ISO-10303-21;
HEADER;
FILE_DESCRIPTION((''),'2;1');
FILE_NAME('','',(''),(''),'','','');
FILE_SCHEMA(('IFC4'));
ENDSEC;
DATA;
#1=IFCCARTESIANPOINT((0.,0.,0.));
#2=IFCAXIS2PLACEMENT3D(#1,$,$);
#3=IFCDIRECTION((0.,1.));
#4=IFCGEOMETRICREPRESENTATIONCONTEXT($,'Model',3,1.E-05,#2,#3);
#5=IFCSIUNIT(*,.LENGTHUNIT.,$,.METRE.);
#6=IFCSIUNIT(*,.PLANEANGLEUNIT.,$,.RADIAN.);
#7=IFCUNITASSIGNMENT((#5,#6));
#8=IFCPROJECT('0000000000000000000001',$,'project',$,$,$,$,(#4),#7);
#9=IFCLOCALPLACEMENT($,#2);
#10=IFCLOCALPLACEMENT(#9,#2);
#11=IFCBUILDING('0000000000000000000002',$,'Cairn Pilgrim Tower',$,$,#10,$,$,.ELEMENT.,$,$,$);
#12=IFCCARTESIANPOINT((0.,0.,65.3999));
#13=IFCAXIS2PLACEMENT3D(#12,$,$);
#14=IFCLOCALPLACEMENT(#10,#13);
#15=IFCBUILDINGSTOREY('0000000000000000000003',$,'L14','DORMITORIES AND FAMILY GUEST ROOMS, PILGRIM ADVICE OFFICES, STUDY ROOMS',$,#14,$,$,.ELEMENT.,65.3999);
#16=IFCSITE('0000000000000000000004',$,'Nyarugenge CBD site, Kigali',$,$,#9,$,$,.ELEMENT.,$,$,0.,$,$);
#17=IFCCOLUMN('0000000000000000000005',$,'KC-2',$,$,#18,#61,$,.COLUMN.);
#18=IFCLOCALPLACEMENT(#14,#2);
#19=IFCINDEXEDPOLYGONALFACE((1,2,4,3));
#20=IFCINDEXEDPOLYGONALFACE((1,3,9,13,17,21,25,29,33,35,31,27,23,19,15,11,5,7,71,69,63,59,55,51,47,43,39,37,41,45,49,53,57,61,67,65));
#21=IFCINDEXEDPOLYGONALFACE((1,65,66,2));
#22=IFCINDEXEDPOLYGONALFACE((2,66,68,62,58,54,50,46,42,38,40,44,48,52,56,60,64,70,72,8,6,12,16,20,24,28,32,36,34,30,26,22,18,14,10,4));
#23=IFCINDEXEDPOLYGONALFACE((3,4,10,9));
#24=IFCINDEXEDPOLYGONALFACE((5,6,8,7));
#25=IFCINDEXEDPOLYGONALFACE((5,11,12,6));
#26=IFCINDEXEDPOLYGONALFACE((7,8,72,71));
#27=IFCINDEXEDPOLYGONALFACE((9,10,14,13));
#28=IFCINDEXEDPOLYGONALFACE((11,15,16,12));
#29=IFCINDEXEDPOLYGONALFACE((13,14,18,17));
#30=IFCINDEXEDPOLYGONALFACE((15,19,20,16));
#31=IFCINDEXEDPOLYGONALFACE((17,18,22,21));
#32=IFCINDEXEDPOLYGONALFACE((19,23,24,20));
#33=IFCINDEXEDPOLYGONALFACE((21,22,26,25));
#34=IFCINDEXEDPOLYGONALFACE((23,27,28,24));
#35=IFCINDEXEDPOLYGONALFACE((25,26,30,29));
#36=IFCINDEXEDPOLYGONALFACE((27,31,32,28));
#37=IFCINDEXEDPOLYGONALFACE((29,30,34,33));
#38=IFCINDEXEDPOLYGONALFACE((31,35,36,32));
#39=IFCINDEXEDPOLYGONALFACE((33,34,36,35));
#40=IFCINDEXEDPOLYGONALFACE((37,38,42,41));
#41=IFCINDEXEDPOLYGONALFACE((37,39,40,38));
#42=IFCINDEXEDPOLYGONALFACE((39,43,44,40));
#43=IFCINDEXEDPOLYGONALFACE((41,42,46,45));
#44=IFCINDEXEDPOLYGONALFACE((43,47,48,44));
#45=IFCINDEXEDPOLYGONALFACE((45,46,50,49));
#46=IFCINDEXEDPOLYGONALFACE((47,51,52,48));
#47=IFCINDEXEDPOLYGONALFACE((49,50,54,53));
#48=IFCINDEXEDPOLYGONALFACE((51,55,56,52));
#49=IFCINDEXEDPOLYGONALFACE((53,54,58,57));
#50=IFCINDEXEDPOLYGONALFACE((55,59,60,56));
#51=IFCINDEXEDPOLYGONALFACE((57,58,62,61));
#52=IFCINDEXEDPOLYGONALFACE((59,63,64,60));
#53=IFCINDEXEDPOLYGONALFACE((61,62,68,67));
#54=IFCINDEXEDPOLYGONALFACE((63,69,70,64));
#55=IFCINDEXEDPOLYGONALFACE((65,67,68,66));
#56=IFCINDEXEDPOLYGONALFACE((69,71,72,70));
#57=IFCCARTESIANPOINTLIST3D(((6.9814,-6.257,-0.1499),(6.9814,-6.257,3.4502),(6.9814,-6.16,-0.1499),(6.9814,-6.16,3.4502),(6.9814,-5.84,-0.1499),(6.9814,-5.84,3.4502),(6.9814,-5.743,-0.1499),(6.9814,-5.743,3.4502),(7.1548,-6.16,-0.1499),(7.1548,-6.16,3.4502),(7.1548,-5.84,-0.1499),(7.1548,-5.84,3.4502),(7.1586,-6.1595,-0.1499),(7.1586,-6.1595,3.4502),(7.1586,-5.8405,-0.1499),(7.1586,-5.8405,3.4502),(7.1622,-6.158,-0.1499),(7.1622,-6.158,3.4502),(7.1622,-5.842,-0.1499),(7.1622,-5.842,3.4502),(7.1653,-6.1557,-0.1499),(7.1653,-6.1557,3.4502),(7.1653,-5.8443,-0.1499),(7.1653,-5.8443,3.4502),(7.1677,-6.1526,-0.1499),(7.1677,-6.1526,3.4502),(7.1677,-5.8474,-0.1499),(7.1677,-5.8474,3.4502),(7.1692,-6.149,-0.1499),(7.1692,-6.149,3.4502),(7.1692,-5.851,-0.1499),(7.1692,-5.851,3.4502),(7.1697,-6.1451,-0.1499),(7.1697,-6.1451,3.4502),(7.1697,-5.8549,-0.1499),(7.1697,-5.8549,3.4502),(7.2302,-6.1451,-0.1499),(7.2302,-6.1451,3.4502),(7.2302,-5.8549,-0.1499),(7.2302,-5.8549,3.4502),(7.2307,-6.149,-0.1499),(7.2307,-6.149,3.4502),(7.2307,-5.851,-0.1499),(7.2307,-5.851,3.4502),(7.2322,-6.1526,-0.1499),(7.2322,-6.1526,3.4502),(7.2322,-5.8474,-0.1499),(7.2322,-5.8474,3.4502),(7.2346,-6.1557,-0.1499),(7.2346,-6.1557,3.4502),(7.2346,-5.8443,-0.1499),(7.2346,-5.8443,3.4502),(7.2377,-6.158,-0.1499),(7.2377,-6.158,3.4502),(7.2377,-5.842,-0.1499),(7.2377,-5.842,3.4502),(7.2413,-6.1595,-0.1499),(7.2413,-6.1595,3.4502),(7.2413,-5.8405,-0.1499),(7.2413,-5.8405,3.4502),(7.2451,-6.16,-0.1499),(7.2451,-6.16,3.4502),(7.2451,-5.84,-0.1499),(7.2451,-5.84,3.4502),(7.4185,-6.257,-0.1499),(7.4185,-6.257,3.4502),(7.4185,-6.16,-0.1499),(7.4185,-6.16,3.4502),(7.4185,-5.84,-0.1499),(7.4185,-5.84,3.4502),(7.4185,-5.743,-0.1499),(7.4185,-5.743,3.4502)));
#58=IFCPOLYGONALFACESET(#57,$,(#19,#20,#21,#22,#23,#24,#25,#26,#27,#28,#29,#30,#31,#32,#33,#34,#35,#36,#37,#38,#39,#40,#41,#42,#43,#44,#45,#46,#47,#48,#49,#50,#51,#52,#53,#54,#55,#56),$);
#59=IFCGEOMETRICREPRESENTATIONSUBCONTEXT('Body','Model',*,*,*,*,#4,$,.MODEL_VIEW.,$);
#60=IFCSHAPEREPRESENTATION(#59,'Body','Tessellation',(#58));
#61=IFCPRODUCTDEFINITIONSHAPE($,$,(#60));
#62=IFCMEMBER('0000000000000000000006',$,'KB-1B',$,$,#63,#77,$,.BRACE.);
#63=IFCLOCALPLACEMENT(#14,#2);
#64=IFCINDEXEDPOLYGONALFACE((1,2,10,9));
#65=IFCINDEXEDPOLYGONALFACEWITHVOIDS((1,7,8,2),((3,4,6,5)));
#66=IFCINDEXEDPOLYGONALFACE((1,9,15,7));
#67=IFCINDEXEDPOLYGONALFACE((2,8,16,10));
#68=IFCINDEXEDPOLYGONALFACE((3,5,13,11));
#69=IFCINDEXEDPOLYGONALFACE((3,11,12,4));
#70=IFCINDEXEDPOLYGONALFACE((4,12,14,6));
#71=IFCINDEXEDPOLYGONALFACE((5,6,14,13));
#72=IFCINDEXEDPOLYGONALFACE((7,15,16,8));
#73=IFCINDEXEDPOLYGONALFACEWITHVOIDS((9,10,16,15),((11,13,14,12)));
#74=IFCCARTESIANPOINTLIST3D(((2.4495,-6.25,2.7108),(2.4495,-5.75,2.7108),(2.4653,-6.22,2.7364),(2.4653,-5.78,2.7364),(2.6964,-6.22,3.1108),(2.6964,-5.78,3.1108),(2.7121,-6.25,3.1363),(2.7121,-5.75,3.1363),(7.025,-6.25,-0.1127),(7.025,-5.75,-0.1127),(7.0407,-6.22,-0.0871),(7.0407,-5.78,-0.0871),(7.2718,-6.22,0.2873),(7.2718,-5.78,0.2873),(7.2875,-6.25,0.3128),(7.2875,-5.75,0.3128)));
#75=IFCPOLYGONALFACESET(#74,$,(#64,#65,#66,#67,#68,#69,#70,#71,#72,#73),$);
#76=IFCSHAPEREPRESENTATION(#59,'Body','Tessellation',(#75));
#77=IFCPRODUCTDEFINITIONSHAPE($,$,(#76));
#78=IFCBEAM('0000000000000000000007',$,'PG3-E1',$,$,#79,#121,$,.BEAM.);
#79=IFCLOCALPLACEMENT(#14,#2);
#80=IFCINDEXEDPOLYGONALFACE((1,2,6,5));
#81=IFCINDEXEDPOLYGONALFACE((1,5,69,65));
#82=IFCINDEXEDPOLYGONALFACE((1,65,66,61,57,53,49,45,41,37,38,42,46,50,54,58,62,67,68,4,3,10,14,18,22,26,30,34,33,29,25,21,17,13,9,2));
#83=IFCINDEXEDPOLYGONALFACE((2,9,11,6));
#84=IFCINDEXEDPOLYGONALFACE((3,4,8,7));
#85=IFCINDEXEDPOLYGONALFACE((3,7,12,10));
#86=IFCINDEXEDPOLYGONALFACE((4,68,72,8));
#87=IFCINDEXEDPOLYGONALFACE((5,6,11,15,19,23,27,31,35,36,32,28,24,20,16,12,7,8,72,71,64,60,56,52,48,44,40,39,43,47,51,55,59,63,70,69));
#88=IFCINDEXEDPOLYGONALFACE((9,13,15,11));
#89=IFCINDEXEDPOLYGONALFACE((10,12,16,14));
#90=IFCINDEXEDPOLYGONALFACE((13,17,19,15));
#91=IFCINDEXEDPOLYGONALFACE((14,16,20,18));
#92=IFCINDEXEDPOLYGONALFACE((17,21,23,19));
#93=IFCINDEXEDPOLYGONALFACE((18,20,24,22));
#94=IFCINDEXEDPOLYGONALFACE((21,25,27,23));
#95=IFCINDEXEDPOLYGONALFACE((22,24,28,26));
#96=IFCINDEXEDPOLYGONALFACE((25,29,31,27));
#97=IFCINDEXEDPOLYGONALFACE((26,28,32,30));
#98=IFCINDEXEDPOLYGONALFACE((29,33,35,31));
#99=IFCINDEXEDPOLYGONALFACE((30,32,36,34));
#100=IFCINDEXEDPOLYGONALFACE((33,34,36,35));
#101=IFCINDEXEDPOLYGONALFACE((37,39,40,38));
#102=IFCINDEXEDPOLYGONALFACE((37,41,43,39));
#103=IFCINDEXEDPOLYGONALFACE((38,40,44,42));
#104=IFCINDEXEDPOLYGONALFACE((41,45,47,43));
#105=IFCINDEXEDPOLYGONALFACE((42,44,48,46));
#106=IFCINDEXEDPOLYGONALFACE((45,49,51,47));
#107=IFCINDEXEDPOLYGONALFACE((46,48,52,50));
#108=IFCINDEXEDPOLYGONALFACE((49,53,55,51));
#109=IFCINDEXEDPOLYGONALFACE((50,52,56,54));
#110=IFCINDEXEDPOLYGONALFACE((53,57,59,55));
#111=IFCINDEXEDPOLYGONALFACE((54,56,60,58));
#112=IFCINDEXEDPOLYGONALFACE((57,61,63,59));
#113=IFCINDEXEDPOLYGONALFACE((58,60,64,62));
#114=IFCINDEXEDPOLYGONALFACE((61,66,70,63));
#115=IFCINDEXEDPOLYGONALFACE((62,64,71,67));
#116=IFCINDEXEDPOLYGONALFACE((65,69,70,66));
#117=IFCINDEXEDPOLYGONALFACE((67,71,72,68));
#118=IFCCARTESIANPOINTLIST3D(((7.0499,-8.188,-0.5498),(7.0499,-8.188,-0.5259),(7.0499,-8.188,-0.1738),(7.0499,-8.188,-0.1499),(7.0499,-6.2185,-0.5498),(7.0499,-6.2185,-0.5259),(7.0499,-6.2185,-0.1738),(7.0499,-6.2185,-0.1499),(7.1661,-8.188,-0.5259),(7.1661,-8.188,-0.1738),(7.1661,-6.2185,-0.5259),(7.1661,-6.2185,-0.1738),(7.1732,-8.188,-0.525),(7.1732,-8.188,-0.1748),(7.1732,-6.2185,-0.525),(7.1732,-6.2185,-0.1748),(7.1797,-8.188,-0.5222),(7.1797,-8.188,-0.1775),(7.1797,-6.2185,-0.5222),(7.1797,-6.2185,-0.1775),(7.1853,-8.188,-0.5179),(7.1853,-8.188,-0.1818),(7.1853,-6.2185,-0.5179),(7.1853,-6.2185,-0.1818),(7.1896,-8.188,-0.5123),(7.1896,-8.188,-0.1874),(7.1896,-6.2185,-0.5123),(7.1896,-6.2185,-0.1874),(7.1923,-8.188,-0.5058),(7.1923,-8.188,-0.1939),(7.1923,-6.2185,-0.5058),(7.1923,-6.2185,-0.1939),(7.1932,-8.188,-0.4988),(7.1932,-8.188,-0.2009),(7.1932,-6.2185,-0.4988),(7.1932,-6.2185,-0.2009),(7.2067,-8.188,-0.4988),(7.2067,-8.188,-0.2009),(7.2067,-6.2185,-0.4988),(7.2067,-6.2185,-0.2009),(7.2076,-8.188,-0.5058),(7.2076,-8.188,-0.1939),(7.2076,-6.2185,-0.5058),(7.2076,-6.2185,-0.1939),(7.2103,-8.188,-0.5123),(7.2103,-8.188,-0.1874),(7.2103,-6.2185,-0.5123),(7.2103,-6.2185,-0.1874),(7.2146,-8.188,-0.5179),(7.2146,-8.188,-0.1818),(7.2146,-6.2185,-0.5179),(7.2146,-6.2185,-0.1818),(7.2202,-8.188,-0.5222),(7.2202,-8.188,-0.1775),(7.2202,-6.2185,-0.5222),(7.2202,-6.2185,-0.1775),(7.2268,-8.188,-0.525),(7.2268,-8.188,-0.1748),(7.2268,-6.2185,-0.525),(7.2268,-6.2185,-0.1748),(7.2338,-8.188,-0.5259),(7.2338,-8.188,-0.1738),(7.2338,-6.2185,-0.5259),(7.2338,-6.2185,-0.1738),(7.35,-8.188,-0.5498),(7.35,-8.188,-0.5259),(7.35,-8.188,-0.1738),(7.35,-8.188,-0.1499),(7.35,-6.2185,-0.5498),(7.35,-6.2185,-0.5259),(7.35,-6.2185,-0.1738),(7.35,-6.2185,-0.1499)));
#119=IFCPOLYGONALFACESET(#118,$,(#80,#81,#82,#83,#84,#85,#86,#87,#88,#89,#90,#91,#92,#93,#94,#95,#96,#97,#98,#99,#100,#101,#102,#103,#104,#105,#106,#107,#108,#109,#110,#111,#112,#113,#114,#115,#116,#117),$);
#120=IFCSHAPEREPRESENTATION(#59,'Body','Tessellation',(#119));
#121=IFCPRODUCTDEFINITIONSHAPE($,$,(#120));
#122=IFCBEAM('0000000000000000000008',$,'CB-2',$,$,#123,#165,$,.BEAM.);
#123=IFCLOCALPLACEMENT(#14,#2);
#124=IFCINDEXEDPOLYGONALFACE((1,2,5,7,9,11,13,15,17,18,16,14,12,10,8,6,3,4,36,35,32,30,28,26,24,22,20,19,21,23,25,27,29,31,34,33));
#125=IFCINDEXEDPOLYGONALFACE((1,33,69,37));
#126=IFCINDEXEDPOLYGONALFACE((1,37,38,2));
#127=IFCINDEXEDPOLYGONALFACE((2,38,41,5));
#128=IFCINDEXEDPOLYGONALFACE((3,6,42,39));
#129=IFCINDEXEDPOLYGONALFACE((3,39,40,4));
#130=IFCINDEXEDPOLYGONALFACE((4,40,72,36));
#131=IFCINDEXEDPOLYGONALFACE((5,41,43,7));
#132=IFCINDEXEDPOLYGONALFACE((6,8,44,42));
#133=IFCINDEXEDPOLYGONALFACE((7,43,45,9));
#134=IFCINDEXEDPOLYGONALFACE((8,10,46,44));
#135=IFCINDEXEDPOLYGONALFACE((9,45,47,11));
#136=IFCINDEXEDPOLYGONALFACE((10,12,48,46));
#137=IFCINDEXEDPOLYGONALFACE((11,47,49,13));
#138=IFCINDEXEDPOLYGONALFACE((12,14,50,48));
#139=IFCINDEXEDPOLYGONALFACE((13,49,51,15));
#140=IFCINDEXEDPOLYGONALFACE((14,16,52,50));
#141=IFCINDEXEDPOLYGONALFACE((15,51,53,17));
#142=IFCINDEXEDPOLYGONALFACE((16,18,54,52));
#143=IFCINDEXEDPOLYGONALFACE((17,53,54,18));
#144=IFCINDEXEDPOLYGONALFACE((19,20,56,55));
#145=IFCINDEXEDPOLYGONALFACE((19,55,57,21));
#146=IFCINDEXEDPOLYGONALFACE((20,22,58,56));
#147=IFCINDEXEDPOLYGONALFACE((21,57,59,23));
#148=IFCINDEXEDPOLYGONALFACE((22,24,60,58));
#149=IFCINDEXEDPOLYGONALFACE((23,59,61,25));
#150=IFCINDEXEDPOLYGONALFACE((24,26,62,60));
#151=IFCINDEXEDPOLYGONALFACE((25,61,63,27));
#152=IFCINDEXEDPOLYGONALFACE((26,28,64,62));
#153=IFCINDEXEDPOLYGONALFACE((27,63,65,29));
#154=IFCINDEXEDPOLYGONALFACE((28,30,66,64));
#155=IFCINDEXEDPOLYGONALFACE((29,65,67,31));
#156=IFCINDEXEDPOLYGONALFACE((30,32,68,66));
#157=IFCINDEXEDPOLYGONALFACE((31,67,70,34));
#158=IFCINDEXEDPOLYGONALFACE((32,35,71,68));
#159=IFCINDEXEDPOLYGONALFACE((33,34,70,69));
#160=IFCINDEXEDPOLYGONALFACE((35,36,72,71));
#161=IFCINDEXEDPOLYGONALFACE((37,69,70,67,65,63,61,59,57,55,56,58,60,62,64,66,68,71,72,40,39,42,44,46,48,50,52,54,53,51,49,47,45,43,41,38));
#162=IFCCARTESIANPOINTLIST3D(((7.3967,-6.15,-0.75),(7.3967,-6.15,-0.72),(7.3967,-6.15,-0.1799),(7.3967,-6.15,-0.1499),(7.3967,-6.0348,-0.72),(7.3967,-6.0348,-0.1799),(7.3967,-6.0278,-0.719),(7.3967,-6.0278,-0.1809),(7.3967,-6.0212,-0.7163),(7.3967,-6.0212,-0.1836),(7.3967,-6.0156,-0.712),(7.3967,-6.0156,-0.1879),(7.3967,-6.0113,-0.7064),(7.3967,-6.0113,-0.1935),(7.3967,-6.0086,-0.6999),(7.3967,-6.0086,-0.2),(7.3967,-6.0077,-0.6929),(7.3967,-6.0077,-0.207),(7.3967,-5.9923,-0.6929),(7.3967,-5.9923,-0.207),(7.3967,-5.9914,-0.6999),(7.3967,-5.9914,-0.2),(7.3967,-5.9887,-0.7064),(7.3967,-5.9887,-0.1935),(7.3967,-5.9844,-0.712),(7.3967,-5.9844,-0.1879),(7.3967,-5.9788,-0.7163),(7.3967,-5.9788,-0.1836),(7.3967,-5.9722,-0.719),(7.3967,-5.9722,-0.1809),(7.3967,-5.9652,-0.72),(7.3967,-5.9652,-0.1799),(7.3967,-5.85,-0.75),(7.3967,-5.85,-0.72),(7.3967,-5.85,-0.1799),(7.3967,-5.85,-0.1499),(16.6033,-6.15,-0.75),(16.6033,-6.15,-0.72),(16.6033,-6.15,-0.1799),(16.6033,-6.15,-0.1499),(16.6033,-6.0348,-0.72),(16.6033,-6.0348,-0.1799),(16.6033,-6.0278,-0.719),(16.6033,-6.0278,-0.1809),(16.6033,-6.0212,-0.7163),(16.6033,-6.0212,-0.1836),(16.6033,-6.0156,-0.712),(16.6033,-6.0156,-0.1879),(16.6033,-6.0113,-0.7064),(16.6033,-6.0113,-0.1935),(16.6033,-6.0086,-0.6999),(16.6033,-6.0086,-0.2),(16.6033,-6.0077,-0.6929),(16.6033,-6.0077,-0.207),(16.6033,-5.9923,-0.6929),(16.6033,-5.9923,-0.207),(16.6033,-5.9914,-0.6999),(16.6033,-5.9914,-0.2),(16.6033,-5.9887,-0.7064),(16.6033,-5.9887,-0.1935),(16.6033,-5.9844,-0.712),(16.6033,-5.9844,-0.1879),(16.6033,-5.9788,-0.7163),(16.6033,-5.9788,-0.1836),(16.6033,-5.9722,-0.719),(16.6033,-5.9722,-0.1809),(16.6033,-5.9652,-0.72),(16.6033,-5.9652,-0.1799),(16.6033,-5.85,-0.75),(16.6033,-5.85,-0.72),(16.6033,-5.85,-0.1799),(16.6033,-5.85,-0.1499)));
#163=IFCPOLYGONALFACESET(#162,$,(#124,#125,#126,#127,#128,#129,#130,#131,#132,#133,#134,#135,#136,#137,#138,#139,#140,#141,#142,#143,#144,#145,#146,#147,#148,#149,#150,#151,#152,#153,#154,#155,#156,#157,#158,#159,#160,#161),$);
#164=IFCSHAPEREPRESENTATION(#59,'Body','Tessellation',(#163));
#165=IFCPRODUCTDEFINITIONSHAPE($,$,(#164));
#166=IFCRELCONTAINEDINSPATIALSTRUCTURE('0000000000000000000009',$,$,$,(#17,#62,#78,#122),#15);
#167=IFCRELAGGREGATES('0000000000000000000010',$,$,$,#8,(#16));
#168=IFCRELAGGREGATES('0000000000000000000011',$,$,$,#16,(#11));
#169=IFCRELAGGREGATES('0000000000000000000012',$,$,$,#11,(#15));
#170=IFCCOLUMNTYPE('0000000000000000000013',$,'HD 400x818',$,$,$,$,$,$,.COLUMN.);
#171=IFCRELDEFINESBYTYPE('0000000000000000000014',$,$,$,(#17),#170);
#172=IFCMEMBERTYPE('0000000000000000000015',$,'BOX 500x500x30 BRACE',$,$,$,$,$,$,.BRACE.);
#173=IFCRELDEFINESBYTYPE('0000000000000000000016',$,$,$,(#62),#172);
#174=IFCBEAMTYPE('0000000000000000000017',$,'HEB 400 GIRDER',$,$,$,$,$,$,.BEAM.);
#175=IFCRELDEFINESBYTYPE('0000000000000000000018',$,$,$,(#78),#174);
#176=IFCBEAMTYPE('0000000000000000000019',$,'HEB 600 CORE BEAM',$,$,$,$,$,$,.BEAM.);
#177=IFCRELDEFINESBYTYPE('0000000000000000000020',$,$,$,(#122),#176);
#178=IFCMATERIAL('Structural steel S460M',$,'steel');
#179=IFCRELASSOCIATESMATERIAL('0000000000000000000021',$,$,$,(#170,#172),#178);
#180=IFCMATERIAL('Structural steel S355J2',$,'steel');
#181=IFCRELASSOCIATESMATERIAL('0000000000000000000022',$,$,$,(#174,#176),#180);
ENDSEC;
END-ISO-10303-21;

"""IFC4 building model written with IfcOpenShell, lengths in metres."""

from ifc_helpers import new_model, si_unit, direction, frame, origin, origin_2d, place, context, subcontext, project, spatial, hollow_rectangle, i_section, extrude, material, material_profile, profile_set, type_object, element, save


model = new_model("IFC4")

# Units and contexts
model_context = context("Model", 3, precision=1e-05, world=origin(), true_north=direction((0.0, 1.0)))
body_context = subcontext(model_context, "Body", "Model", "MODEL_VIEW")
ifc_project = project(units=[si_unit("LENGTHUNIT", "METRE"), si_unit("PLANEANGLEUNIT", "RADIAN")], contexts=[model_context])

# Site, building, storey
site_placement = place(None, origin())
site = spatial("IfcSite", under=ifc_project, at=site_placement, Name="Nyarugenge CBD site, Kigali", CompositionType="ELEMENT", RefElevation=0.0)
building_placement = place(site_placement, origin())
building = spatial("IfcBuilding", under=site, at=building_placement, Name="Cairn Pilgrim Tower", CompositionType="ELEMENT")
storey_placement = place(building_placement, frame((0.0, 0.0, 65.3999)))
storey = spatial("IfcBuildingStorey", under=building, at=storey_placement, Name="L14", Description="DORMITORIES AND FAMILY GUEST ROOMS, PILGRIM ADVICE OFFICES, STUDY ROOMS", CompositionType="ELEMENT", Elevation=65.3999)

# Column
ifc_material_1 = material(Name="Structural steel S460M", Category="steel")
ifc_material_profile_1 = material_profile(ifc_material_1, i_section(OverallWidth=0.437, OverallDepth=0.5139, WebThickness=0.0605, FlangeThickness=0.0969, FilletRadius=0.0149, at=origin_2d()), Name="HD 400x818")
ifc_profile_set_1 = profile_set([ifc_material_profile_1], Name="Structural steel S460M")
column_type = type_object("IfcColumnType", Name="HD 400x818", PredefinedType="COLUMN", material=ifc_profile_set_1)
column_placement = place(storey_placement, frame((7.2, -6.0, -0.1499), z_axis=(0.0, 0.0, 1.0), x_axis=(1.0, 0.0, 0.0)))
element("IfcColumn", 1, at=column_placement, inside=storey, type_object=column_type, Name="KC-2", PredefinedType="COLUMN", context=body_context, shape_type="SweptSolid", body=[
    extrude(i_section(OverallWidth=0.437, OverallDepth=0.5139, WebThickness=0.0605, FlangeThickness=0.0969, FilletRadius=0.0149, at=origin_2d()), origin(), (0.0, 0.0, 1.0), 3.6001),
])

# Member
ifc_material_profile_2 = material_profile(ifc_material_1, hollow_rectangle(XDim=0.5, YDim=0.5, WallThickness=0.03, at=origin_2d()), Name="BOX 500x500x30")
ifc_profile_set_2 = profile_set([ifc_material_profile_2], Name="Structural steel S460M")
member_type = type_object("IfcMemberType", Name="BOX 500x500x30 BRACE", PredefinedType="BRACE", material=ifc_profile_set_2)
member_placement = place(storey_placement, frame((7.1562, -6.0, 0.1001), z_axis=(-0.851008, 0.0, 0.525154), x_axis=(0.0, -1.0, 0.0)))
element("IfcMember", 2, at=member_placement, inside=storey, type_object=member_type, Name="KB-1B", PredefinedType="BRACE", context=body_context, shape_type="SweptSolid", body=[
    extrude(hollow_rectangle(XDim=0.5, YDim=0.5, WallThickness=0.03, at=origin_2d()), origin(), (0.0, 0.0, 1.0), 5.3765),
])

# Beams
ifc_material_2 = material(Name="Structural steel S355J2", Category="steel")
ifc_material_profile_3 = material_profile(ifc_material_2, i_section(OverallWidth=0.3, OverallDepth=0.3999, WebThickness=0.0134, FlangeThickness=0.0239, FilletRadius=0.0271, at=origin_2d()), Name="HEB 400")
ifc_profile_set_3 = profile_set([ifc_material_profile_3], Name="Structural steel S355J2")
beam_type_1 = type_object("IfcBeamType", Name="HEB 400 GIRDER", PredefinedType="BEAM", material=ifc_profile_set_3)
beam_1_placement = place(storey_placement, frame((7.2, -8.188, -0.3499), z_axis=(0.0, 1.0, 0.0), x_axis=(-1.0, 0.0, 0.0)))
element("IfcBeam", 3, at=beam_1_placement, inside=storey, type_object=beam_type_1, Name="PG3-E1", PredefinedType="BEAM", context=body_context, shape_type="SweptSolid", body=[
    extrude(i_section(OverallWidth=0.3, OverallDepth=0.3999, WebThickness=0.0134, FlangeThickness=0.0239, FilletRadius=0.0271, at=origin_2d()), origin(), (0.0, 0.0, 1.0), 1.9695),
])
ifc_material_profile_4 = material_profile(ifc_material_2, i_section(OverallWidth=0.3, OverallDepth=0.6001, WebThickness=0.0154, FlangeThickness=0.03, FilletRadius=0.0271, at=origin_2d()), Name="HEB 600")
ifc_profile_set_4 = profile_set([ifc_material_profile_4], Name="Structural steel S355J2")
beam_type_2 = type_object("IfcBeamType", Name="HEB 600 CORE BEAM", PredefinedType="BEAM", material=ifc_profile_set_4)
beam_2_placement = place(storey_placement, frame((7.3967, -6.0, -0.45), z_axis=(1.0, 0.0, 0.0), x_axis=(0.0, 1.0, 0.0)))
element("IfcBeam", 4, at=beam_2_placement, inside=storey, type_object=beam_type_2, Name="CB-2", PredefinedType="BEAM", context=body_context, shape_type="SweptSolid", body=[
    extrude(i_section(OverallWidth=0.3, OverallDepth=0.6001, WebThickness=0.0154, FlangeThickness=0.03, FilletRadius=0.0271, at=origin_2d()), origin(), (0.0, 0.0, 1.0), 9.2065),
])

save(model, "model.ifc")
